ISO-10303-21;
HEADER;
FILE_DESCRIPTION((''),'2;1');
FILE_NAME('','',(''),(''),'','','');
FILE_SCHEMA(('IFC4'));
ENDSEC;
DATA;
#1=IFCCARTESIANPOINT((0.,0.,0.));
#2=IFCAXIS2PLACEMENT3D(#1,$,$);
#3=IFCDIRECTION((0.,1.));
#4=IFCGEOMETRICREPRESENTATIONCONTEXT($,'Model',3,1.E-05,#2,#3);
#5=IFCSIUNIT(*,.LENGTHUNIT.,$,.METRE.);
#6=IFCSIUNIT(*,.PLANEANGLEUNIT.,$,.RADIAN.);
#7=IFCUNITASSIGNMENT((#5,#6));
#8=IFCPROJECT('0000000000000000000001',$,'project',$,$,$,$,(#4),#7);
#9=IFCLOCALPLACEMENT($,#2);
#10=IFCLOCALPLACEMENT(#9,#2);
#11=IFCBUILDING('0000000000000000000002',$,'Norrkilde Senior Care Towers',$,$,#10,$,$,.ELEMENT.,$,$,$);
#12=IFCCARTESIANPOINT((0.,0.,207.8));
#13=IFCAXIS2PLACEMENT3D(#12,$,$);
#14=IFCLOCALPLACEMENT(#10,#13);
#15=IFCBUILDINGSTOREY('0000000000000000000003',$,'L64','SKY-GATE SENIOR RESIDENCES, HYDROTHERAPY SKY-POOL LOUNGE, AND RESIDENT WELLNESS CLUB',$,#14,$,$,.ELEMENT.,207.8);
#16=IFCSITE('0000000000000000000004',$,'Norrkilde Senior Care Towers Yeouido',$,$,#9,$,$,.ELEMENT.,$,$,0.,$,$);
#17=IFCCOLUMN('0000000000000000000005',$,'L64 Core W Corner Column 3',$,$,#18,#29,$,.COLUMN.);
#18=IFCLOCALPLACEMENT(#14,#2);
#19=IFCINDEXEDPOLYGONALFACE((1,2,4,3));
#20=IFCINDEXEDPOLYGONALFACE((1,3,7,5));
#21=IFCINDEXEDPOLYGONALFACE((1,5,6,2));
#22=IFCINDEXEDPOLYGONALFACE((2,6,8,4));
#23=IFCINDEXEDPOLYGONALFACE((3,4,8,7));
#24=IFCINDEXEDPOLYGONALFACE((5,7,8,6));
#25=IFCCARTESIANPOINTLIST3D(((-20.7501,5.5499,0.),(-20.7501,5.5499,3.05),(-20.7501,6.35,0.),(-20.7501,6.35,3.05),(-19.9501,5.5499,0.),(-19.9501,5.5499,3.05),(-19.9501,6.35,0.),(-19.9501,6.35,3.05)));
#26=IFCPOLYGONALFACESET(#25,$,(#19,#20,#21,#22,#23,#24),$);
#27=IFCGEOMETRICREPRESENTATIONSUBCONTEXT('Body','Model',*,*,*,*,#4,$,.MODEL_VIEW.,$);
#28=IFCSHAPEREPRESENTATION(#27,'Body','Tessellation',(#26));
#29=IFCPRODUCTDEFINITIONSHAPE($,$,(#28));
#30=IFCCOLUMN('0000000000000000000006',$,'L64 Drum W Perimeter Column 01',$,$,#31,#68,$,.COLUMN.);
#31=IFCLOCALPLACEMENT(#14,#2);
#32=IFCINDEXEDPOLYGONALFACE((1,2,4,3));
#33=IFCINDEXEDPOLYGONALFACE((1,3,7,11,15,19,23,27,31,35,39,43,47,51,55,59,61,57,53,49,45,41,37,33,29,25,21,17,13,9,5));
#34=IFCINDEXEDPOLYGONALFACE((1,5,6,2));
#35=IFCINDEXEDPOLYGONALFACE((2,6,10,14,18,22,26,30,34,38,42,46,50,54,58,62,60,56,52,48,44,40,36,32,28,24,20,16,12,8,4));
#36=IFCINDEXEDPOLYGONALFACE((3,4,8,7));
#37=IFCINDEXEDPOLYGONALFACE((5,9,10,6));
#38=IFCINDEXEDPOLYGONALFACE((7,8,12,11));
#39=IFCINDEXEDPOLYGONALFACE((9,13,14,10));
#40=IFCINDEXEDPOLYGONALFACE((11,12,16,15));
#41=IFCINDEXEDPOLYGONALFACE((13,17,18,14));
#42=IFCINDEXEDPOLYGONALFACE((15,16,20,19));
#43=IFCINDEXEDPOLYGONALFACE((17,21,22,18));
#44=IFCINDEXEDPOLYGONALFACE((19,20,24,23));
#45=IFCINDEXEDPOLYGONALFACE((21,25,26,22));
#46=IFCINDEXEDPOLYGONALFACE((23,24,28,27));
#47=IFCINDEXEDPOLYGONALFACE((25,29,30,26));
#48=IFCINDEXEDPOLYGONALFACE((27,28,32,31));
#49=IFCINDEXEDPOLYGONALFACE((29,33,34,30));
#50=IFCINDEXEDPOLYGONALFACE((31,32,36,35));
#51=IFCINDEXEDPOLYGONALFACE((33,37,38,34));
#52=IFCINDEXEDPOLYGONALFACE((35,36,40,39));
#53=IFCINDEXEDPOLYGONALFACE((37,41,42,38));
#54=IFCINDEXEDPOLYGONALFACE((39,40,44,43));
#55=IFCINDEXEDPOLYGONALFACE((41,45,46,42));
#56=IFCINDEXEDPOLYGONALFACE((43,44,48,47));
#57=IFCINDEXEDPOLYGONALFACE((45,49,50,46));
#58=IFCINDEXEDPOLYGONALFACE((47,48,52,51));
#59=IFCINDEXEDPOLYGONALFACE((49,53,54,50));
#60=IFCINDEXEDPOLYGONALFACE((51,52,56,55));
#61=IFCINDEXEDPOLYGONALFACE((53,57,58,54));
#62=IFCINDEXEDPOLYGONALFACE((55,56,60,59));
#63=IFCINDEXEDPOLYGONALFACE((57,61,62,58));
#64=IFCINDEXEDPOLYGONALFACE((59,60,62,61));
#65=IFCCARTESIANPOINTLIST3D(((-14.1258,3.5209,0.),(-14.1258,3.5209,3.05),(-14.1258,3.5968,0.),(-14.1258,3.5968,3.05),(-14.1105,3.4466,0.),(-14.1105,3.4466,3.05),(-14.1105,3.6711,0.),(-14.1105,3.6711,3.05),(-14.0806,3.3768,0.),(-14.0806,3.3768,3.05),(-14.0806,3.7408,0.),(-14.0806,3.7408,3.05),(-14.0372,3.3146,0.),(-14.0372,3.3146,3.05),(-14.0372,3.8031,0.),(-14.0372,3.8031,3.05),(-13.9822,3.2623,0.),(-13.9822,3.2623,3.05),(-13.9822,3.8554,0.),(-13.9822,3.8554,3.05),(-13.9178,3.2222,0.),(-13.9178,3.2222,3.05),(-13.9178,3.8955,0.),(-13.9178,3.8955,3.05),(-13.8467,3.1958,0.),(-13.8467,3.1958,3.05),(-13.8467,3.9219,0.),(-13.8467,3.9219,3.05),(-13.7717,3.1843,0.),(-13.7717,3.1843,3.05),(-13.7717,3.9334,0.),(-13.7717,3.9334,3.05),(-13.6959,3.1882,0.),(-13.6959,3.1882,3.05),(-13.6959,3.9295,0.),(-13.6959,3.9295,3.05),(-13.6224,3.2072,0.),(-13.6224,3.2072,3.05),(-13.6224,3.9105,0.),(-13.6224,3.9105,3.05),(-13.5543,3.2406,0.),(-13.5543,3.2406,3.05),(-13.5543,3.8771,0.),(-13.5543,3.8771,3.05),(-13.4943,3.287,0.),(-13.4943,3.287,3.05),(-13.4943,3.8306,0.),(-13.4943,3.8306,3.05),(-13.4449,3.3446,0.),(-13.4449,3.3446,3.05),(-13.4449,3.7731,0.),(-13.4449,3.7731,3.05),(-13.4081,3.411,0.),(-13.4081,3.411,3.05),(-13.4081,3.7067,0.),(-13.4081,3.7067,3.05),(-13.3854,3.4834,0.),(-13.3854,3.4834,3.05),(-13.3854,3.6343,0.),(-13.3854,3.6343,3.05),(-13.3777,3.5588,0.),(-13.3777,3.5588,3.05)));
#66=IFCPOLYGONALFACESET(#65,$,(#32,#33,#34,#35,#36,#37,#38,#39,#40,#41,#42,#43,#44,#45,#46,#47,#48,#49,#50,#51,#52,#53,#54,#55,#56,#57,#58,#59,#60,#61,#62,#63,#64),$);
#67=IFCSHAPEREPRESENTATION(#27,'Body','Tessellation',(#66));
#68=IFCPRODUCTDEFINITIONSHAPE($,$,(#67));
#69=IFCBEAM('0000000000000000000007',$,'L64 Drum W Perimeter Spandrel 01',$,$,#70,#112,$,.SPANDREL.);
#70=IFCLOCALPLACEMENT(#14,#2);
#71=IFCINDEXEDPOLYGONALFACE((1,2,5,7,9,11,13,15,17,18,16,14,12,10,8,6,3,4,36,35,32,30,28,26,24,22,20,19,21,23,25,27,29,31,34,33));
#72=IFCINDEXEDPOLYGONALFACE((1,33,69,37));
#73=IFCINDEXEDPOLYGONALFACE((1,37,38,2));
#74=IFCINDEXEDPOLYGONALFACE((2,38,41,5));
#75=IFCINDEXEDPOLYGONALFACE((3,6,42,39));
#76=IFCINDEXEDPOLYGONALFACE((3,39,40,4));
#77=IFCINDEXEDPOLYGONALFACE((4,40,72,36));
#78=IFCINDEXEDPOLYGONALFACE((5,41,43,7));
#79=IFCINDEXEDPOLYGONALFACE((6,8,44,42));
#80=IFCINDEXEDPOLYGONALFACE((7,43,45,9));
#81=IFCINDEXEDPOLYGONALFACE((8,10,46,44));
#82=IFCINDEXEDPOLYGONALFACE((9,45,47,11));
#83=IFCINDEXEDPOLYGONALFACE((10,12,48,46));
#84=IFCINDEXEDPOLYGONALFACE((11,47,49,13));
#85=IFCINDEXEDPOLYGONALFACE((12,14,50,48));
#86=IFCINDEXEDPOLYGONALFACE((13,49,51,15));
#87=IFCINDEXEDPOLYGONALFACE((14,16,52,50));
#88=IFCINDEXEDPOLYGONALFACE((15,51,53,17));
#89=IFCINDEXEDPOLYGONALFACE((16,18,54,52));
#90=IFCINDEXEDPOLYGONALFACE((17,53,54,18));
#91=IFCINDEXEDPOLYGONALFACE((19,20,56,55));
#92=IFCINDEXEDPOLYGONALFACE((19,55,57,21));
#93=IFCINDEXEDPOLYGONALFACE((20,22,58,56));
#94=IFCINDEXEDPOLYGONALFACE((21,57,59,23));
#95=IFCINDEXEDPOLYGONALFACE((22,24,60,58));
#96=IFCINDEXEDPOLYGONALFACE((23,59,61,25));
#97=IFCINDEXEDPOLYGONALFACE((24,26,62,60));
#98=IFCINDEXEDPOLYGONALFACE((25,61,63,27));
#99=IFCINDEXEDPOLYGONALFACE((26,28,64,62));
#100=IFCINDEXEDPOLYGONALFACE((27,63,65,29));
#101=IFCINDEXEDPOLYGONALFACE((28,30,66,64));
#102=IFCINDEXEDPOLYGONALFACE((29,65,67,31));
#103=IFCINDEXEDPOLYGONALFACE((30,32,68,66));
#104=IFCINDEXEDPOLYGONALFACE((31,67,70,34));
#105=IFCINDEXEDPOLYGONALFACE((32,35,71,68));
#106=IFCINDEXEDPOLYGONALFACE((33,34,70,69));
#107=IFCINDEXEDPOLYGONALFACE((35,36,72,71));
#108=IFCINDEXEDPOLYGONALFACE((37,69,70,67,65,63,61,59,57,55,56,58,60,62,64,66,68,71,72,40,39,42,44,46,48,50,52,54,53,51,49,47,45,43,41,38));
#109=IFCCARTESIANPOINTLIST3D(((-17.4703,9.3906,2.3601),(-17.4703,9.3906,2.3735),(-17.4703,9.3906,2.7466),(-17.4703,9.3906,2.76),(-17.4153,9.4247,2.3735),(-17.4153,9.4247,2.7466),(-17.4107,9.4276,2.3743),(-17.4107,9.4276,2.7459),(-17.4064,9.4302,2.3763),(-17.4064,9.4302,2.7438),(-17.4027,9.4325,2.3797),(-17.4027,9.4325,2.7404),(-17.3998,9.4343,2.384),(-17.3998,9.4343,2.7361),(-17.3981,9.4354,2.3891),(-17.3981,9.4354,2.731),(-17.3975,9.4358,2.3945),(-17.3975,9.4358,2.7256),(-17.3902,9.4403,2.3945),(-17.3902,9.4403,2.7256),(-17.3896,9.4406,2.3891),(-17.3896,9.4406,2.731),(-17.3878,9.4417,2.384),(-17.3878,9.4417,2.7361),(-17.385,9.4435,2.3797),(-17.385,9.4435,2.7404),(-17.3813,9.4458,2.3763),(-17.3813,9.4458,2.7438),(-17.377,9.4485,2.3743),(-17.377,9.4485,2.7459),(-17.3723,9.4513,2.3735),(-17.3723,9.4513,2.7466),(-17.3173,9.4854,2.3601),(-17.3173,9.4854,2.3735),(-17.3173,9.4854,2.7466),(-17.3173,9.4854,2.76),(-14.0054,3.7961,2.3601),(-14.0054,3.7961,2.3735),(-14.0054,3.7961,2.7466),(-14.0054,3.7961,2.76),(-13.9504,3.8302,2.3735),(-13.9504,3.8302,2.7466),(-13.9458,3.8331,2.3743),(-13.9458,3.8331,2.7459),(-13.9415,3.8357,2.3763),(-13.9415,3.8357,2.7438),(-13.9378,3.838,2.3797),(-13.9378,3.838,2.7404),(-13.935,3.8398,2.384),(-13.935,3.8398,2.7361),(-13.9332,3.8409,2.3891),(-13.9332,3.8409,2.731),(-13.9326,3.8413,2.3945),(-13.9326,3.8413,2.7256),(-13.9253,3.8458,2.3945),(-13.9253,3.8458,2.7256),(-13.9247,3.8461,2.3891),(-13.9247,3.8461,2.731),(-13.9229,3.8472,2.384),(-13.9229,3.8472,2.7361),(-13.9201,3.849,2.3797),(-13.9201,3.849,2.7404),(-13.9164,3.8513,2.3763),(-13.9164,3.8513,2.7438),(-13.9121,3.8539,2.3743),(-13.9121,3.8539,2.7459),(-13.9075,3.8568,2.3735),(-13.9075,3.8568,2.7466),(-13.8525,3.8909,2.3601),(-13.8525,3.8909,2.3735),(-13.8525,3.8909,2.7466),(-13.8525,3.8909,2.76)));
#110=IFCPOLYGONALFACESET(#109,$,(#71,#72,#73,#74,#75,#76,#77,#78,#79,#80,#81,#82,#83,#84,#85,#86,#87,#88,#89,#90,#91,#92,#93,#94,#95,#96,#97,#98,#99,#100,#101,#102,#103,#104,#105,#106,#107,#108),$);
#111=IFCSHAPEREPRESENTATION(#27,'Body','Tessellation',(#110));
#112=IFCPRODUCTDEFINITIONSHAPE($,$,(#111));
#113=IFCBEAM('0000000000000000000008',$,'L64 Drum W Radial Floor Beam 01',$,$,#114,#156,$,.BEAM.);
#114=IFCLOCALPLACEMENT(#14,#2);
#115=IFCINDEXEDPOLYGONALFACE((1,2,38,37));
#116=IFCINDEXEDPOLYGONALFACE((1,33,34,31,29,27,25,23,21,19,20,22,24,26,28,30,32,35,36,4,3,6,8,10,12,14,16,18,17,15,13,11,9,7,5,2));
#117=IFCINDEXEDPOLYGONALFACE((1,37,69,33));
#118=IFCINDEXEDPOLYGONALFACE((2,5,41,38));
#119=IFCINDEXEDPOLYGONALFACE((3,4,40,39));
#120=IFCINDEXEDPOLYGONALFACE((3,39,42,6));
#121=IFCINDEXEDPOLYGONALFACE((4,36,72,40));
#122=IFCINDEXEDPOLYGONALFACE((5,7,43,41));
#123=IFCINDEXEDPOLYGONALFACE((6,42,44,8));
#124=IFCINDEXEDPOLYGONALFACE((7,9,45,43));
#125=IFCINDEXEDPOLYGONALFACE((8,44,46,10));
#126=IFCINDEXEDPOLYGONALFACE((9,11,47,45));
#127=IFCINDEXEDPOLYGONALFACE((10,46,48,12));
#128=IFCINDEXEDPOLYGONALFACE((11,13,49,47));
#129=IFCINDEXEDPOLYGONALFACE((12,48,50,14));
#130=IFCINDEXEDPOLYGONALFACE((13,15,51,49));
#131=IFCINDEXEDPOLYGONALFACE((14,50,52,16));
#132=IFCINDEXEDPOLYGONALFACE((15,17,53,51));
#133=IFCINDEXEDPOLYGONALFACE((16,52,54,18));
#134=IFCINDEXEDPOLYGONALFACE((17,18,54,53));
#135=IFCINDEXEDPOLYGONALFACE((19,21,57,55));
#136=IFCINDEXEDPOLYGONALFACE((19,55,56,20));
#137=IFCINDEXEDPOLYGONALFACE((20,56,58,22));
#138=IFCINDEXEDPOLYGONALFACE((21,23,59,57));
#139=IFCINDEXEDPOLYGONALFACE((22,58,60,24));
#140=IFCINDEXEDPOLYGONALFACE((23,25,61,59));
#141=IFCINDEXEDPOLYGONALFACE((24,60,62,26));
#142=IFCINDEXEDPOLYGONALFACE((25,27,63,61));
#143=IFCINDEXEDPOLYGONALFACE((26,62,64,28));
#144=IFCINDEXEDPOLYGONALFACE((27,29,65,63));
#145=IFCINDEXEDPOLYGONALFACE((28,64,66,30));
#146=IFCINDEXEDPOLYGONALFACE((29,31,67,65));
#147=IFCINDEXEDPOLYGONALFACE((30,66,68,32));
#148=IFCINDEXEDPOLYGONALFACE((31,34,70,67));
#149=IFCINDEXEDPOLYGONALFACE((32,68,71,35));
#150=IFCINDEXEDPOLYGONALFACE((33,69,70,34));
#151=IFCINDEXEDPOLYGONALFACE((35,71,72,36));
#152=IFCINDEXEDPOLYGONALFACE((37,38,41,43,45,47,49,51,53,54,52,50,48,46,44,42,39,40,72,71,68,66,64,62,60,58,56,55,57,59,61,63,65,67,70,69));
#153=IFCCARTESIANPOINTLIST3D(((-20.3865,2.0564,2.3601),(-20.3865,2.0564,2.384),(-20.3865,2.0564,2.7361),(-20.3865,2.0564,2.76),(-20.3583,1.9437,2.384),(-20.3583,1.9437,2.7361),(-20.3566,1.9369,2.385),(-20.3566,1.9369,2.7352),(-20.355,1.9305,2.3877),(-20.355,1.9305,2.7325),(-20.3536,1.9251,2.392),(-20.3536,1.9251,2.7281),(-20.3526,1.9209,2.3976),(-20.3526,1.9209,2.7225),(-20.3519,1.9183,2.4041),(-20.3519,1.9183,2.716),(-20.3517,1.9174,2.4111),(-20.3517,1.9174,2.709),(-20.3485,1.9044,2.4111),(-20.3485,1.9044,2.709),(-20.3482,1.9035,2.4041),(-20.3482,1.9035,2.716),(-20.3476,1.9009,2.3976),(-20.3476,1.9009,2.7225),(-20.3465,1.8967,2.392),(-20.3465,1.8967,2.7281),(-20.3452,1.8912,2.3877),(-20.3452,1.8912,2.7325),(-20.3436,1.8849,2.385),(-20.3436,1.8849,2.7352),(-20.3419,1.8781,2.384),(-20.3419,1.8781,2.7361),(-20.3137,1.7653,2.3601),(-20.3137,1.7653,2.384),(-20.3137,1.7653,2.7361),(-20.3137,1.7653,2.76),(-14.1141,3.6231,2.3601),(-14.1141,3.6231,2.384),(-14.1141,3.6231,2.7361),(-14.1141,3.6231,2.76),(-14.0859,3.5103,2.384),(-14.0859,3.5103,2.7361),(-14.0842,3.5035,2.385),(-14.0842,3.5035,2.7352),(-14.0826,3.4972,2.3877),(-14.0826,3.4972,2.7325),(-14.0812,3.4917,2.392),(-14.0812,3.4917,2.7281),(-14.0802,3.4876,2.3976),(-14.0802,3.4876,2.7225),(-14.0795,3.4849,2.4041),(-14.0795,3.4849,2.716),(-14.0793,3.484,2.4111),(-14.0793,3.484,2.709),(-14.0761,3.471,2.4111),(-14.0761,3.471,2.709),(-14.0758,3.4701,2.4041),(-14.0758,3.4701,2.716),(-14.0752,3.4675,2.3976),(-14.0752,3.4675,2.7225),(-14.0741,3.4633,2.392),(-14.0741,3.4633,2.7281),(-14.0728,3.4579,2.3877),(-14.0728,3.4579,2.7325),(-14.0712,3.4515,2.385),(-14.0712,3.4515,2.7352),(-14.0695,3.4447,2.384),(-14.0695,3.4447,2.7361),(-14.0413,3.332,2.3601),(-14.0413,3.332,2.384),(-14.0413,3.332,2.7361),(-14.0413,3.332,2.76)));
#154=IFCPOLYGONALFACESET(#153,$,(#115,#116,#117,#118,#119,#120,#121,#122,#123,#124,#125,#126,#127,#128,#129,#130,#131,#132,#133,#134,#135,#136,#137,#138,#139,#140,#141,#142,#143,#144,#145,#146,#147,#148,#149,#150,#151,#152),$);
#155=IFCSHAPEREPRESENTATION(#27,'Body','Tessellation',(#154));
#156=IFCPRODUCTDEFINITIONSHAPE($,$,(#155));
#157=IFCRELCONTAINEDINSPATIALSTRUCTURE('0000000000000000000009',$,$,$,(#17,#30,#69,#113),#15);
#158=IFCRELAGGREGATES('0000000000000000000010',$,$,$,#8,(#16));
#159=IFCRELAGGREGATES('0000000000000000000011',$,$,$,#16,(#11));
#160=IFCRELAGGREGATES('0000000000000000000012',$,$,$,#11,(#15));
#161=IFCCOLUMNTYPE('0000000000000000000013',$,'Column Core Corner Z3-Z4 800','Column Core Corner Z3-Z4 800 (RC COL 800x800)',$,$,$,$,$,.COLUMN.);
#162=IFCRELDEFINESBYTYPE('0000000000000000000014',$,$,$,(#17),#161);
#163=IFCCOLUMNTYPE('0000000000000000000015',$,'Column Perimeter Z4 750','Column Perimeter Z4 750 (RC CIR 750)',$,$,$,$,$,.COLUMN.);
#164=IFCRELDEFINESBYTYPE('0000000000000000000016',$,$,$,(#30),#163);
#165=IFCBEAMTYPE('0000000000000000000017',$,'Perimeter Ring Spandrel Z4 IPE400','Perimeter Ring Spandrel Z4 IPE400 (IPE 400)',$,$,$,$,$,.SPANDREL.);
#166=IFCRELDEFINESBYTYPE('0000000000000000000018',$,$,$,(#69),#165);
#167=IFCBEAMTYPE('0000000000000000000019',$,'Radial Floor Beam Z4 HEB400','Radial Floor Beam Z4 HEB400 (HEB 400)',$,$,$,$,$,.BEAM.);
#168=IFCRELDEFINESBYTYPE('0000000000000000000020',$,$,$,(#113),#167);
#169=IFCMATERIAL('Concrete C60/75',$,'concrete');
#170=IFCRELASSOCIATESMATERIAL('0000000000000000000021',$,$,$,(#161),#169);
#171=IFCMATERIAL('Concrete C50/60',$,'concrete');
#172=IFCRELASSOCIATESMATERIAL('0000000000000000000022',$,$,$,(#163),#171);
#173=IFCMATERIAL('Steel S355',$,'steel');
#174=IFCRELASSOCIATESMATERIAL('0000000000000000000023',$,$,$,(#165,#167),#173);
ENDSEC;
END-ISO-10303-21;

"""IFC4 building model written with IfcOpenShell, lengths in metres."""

from ifc_helpers import new_model, si_unit, direction, frame, origin, origin_2d, place, context, subcontext, project, spatial, rectangle, circle, i_section, extrude, source, transform, mapped, material, material_profile, profile_set, type_object, type_shapes, element, save


model = new_model("IFC4")

# Units and contexts
model_context = context("Model", 3, precision=1e-05, world=origin(), true_north=direction((0.0, 1.0)))
body_context = subcontext(model_context, "Body", "Model", "MODEL_VIEW")
ifc_project = project(units=[si_unit("LENGTHUNIT", "METRE"), si_unit("PLANEANGLEUNIT", "RADIAN")], contexts=[model_context])

# Site, building, storey
site_placement = place(None, origin())
site = spatial("IfcSite", under=ifc_project, at=site_placement, Name="Norrkilde Senior Care Towers Yeouido", CompositionType="ELEMENT", RefElevation=0.0)
building_placement = place(site_placement, origin())
building = spatial("IfcBuilding", under=site, at=building_placement, Name="Norrkilde Senior Care Towers", CompositionType="ELEMENT")
storey_placement = place(building_placement, frame((0.0, 0.0, 207.8)))
storey = spatial("IfcBuildingStorey", under=building, at=storey_placement, Name="L64", Description="SKY-GATE SENIOR RESIDENCES, HYDROTHERAPY SKY-POOL LOUNGE, AND RESIDENT WELLNESS CLUB", CompositionType="ELEMENT", Elevation=207.8)

# Columns
ifc_material_1 = material(Name="Concrete C60/75", Category="concrete")
ifc_material_profile_1 = material_profile(ifc_material_1, rectangle(XDim=0.8, YDim=0.8, at=origin_2d()), Name="RC COL 800x800")
ifc_profile_set_1 = profile_set([ifc_material_profile_1], Name="Concrete C60/75")
column_type_1 = type_object("IfcColumnType", Name="Column Core Corner Z3-Z4 800", Description="Column Core Corner Z3-Z4 800 (RC COL 800x800)", PredefinedType="COLUMN", material=ifc_profile_set_1)
shared_shape_1 = source(origin(), body_context, "Body", "SweptSolid", [
    extrude(rectangle(XDim=0.8, YDim=0.8, at=origin_2d()), origin(), (0.0, 0.0, 1.0), 3.05),
])
type_shapes(column_type_1, [shared_shape_1])
column_1_placement = place(storey_placement, frame((-20.3501, 5.95, 0.0), z_axis=(0.0, 0.0, 1.0), x_axis=(1.0, 0.0, 0.0)))
element("IfcColumn", 1, at=column_1_placement, inside=storey, type_object=column_type_1, Name="L64 Core W Corner Column 3", PredefinedType="COLUMN", context=body_context, shape_type="MappedRepresentation", body=[
    mapped(shared_shape_1, transform((0.0, 0.0, 0.0), x_axis=(1.0, 0.0, 0.0), y_axis=(0.0, 1.0, 0.0), z_axis=(0.0, 0.0, 1.0), scale=1.0)),
])
ifc_material_2 = material(Name="Concrete C50/60", Category="concrete")
ifc_material_profile_2 = material_profile(ifc_material_2, circle(Radius=0.375, at=origin_2d()), Name="RC CIR 750")
ifc_profile_set_2 = profile_set([ifc_material_profile_2], Name="Concrete C50/60")
column_type_2 = type_object("IfcColumnType", Name="Column Perimeter Z4 750", Description="Column Perimeter Z4 750 (RC CIR 750)", PredefinedType="COLUMN", material=ifc_profile_set_2)
shared_shape_2 = source(origin(), body_context, "Body", "SweptSolid", [
    extrude(circle(Radius=0.375, at=origin_2d()), origin(), (0.0, 0.0, 1.0), 3.05),
])
type_shapes(column_type_2, [shared_shape_2])
column_2_placement = place(storey_placement, frame((-13.7527, 3.5588, 0.0), z_axis=(0.0, 0.0, 1.0), x_axis=(1.0, 0.0, 0.0)))
element("IfcColumn", 2, at=column_2_placement, inside=storey, type_object=column_type_2, Name="L64 Drum W Perimeter Column 01", PredefinedType="COLUMN", context=body_context, shape_type="MappedRepresentation", body=[
    mapped(shared_shape_2, transform((0.0, 0.0, 0.0), x_axis=(1.0, 0.0, 0.0), y_axis=(0.0, 1.0, 0.0), z_axis=(0.0, 0.0, 1.0), scale=1.0)),
])

# Beams
ifc_material_3 = material(Name="Steel S355", Category="steel")
ifc_material_profile_3 = material_profile(ifc_material_3, i_section(OverallWidth=0.1799, OverallDepth=0.3999, WebThickness=0.0085, FlangeThickness=0.0134, FilletRadius=0.021, at=origin_2d()), Name="IPE 400")
ifc_profile_set_3 = profile_set([ifc_material_profile_3], Name="Steel S355")
beam_type_1 = type_object("IfcBeamType", Name="Perimeter Ring Spandrel Z4 IPE400", Description="Perimeter Ring Spandrel Z4 IPE400 (IPE 400)", PredefinedType="SPANDREL", material=ifc_profile_set_3)
shared_shape_3 = source(origin(), body_context, "Body", "SweptSolid", [
    extrude(i_section(OverallWidth=0.1799, OverallDepth=0.3999, WebThickness=0.0085, FlangeThickness=0.0134, FilletRadius=0.021, at=origin_2d()), origin(), (0.0, 0.0, 1.0), 6.5806),
])
type_shapes(beam_type_1, [shared_shape_3])
beam_1_placement = place(storey_placement, frame((-13.929, 3.8435, 2.5601), z_axis=(-0.52653, 0.850157, 0.0), x_axis=(-0.850157, -0.52653, 0.0)))
element("IfcBeam", 3, at=beam_1_placement, inside=storey, type_object=beam_type_1, Name="L64 Drum W Perimeter Spandrel 01", PredefinedType="SPANDREL", context=body_context, shape_type="MappedRepresentation", body=[
    mapped(shared_shape_3, transform((0.0, 0.0, 0.0), x_axis=(1.0, 0.0, 0.0), y_axis=(0.0, 1.0, 0.0), z_axis=(0.0, 0.0, 1.0), scale=1.0)),
])
ifc_material_profile_4 = material_profile(ifc_material_3, i_section(OverallWidth=0.3, OverallDepth=0.3999, WebThickness=0.0134, FlangeThickness=0.0239, FilletRadius=0.0271, at=origin_2d()), Name="HEB 400")
ifc_profile_set_4 = profile_set([ifc_material_profile_4], Name="Steel S355")
beam_type_2 = type_object("IfcBeamType", Name="Radial Floor Beam Z4 HEB400", Description="Radial Floor Beam Z4 HEB400 (HEB 400)", PredefinedType="BEAM", material=ifc_profile_set_4)
shared_shape_4 = source(origin(), body_context, "Body", "SweptSolid", [
    extrude(i_section(OverallWidth=0.3, OverallDepth=0.3999, WebThickness=0.0134, FlangeThickness=0.0239, FilletRadius=0.0271, at=origin_2d()), origin(), (0.0, 0.0, 1.0), 6.4651),
])
beam_2_placement = place(storey_placement, frame((-20.3501, 1.9109, 2.5601), z_axis=(0.970196, 0.242322, 0.0), x_axis=(-0.242322, 0.970196, 0.0)))
element("IfcBeam", 4, at=beam_2_placement, inside=storey, type_object=beam_type_2, Name="L64 Drum W Radial Floor Beam 01", PredefinedType="BEAM", context=body_context, shape_type="MappedRepresentation", body=[
    mapped(shared_shape_4, transform((0.0, 0.0, 0.0), x_axis=(1.0, 0.0, 0.0), y_axis=(0.0, 1.0, 0.0), z_axis=(0.0, 0.0, 1.0), scale=1.0)),
])

save(model, "model.ifc")
